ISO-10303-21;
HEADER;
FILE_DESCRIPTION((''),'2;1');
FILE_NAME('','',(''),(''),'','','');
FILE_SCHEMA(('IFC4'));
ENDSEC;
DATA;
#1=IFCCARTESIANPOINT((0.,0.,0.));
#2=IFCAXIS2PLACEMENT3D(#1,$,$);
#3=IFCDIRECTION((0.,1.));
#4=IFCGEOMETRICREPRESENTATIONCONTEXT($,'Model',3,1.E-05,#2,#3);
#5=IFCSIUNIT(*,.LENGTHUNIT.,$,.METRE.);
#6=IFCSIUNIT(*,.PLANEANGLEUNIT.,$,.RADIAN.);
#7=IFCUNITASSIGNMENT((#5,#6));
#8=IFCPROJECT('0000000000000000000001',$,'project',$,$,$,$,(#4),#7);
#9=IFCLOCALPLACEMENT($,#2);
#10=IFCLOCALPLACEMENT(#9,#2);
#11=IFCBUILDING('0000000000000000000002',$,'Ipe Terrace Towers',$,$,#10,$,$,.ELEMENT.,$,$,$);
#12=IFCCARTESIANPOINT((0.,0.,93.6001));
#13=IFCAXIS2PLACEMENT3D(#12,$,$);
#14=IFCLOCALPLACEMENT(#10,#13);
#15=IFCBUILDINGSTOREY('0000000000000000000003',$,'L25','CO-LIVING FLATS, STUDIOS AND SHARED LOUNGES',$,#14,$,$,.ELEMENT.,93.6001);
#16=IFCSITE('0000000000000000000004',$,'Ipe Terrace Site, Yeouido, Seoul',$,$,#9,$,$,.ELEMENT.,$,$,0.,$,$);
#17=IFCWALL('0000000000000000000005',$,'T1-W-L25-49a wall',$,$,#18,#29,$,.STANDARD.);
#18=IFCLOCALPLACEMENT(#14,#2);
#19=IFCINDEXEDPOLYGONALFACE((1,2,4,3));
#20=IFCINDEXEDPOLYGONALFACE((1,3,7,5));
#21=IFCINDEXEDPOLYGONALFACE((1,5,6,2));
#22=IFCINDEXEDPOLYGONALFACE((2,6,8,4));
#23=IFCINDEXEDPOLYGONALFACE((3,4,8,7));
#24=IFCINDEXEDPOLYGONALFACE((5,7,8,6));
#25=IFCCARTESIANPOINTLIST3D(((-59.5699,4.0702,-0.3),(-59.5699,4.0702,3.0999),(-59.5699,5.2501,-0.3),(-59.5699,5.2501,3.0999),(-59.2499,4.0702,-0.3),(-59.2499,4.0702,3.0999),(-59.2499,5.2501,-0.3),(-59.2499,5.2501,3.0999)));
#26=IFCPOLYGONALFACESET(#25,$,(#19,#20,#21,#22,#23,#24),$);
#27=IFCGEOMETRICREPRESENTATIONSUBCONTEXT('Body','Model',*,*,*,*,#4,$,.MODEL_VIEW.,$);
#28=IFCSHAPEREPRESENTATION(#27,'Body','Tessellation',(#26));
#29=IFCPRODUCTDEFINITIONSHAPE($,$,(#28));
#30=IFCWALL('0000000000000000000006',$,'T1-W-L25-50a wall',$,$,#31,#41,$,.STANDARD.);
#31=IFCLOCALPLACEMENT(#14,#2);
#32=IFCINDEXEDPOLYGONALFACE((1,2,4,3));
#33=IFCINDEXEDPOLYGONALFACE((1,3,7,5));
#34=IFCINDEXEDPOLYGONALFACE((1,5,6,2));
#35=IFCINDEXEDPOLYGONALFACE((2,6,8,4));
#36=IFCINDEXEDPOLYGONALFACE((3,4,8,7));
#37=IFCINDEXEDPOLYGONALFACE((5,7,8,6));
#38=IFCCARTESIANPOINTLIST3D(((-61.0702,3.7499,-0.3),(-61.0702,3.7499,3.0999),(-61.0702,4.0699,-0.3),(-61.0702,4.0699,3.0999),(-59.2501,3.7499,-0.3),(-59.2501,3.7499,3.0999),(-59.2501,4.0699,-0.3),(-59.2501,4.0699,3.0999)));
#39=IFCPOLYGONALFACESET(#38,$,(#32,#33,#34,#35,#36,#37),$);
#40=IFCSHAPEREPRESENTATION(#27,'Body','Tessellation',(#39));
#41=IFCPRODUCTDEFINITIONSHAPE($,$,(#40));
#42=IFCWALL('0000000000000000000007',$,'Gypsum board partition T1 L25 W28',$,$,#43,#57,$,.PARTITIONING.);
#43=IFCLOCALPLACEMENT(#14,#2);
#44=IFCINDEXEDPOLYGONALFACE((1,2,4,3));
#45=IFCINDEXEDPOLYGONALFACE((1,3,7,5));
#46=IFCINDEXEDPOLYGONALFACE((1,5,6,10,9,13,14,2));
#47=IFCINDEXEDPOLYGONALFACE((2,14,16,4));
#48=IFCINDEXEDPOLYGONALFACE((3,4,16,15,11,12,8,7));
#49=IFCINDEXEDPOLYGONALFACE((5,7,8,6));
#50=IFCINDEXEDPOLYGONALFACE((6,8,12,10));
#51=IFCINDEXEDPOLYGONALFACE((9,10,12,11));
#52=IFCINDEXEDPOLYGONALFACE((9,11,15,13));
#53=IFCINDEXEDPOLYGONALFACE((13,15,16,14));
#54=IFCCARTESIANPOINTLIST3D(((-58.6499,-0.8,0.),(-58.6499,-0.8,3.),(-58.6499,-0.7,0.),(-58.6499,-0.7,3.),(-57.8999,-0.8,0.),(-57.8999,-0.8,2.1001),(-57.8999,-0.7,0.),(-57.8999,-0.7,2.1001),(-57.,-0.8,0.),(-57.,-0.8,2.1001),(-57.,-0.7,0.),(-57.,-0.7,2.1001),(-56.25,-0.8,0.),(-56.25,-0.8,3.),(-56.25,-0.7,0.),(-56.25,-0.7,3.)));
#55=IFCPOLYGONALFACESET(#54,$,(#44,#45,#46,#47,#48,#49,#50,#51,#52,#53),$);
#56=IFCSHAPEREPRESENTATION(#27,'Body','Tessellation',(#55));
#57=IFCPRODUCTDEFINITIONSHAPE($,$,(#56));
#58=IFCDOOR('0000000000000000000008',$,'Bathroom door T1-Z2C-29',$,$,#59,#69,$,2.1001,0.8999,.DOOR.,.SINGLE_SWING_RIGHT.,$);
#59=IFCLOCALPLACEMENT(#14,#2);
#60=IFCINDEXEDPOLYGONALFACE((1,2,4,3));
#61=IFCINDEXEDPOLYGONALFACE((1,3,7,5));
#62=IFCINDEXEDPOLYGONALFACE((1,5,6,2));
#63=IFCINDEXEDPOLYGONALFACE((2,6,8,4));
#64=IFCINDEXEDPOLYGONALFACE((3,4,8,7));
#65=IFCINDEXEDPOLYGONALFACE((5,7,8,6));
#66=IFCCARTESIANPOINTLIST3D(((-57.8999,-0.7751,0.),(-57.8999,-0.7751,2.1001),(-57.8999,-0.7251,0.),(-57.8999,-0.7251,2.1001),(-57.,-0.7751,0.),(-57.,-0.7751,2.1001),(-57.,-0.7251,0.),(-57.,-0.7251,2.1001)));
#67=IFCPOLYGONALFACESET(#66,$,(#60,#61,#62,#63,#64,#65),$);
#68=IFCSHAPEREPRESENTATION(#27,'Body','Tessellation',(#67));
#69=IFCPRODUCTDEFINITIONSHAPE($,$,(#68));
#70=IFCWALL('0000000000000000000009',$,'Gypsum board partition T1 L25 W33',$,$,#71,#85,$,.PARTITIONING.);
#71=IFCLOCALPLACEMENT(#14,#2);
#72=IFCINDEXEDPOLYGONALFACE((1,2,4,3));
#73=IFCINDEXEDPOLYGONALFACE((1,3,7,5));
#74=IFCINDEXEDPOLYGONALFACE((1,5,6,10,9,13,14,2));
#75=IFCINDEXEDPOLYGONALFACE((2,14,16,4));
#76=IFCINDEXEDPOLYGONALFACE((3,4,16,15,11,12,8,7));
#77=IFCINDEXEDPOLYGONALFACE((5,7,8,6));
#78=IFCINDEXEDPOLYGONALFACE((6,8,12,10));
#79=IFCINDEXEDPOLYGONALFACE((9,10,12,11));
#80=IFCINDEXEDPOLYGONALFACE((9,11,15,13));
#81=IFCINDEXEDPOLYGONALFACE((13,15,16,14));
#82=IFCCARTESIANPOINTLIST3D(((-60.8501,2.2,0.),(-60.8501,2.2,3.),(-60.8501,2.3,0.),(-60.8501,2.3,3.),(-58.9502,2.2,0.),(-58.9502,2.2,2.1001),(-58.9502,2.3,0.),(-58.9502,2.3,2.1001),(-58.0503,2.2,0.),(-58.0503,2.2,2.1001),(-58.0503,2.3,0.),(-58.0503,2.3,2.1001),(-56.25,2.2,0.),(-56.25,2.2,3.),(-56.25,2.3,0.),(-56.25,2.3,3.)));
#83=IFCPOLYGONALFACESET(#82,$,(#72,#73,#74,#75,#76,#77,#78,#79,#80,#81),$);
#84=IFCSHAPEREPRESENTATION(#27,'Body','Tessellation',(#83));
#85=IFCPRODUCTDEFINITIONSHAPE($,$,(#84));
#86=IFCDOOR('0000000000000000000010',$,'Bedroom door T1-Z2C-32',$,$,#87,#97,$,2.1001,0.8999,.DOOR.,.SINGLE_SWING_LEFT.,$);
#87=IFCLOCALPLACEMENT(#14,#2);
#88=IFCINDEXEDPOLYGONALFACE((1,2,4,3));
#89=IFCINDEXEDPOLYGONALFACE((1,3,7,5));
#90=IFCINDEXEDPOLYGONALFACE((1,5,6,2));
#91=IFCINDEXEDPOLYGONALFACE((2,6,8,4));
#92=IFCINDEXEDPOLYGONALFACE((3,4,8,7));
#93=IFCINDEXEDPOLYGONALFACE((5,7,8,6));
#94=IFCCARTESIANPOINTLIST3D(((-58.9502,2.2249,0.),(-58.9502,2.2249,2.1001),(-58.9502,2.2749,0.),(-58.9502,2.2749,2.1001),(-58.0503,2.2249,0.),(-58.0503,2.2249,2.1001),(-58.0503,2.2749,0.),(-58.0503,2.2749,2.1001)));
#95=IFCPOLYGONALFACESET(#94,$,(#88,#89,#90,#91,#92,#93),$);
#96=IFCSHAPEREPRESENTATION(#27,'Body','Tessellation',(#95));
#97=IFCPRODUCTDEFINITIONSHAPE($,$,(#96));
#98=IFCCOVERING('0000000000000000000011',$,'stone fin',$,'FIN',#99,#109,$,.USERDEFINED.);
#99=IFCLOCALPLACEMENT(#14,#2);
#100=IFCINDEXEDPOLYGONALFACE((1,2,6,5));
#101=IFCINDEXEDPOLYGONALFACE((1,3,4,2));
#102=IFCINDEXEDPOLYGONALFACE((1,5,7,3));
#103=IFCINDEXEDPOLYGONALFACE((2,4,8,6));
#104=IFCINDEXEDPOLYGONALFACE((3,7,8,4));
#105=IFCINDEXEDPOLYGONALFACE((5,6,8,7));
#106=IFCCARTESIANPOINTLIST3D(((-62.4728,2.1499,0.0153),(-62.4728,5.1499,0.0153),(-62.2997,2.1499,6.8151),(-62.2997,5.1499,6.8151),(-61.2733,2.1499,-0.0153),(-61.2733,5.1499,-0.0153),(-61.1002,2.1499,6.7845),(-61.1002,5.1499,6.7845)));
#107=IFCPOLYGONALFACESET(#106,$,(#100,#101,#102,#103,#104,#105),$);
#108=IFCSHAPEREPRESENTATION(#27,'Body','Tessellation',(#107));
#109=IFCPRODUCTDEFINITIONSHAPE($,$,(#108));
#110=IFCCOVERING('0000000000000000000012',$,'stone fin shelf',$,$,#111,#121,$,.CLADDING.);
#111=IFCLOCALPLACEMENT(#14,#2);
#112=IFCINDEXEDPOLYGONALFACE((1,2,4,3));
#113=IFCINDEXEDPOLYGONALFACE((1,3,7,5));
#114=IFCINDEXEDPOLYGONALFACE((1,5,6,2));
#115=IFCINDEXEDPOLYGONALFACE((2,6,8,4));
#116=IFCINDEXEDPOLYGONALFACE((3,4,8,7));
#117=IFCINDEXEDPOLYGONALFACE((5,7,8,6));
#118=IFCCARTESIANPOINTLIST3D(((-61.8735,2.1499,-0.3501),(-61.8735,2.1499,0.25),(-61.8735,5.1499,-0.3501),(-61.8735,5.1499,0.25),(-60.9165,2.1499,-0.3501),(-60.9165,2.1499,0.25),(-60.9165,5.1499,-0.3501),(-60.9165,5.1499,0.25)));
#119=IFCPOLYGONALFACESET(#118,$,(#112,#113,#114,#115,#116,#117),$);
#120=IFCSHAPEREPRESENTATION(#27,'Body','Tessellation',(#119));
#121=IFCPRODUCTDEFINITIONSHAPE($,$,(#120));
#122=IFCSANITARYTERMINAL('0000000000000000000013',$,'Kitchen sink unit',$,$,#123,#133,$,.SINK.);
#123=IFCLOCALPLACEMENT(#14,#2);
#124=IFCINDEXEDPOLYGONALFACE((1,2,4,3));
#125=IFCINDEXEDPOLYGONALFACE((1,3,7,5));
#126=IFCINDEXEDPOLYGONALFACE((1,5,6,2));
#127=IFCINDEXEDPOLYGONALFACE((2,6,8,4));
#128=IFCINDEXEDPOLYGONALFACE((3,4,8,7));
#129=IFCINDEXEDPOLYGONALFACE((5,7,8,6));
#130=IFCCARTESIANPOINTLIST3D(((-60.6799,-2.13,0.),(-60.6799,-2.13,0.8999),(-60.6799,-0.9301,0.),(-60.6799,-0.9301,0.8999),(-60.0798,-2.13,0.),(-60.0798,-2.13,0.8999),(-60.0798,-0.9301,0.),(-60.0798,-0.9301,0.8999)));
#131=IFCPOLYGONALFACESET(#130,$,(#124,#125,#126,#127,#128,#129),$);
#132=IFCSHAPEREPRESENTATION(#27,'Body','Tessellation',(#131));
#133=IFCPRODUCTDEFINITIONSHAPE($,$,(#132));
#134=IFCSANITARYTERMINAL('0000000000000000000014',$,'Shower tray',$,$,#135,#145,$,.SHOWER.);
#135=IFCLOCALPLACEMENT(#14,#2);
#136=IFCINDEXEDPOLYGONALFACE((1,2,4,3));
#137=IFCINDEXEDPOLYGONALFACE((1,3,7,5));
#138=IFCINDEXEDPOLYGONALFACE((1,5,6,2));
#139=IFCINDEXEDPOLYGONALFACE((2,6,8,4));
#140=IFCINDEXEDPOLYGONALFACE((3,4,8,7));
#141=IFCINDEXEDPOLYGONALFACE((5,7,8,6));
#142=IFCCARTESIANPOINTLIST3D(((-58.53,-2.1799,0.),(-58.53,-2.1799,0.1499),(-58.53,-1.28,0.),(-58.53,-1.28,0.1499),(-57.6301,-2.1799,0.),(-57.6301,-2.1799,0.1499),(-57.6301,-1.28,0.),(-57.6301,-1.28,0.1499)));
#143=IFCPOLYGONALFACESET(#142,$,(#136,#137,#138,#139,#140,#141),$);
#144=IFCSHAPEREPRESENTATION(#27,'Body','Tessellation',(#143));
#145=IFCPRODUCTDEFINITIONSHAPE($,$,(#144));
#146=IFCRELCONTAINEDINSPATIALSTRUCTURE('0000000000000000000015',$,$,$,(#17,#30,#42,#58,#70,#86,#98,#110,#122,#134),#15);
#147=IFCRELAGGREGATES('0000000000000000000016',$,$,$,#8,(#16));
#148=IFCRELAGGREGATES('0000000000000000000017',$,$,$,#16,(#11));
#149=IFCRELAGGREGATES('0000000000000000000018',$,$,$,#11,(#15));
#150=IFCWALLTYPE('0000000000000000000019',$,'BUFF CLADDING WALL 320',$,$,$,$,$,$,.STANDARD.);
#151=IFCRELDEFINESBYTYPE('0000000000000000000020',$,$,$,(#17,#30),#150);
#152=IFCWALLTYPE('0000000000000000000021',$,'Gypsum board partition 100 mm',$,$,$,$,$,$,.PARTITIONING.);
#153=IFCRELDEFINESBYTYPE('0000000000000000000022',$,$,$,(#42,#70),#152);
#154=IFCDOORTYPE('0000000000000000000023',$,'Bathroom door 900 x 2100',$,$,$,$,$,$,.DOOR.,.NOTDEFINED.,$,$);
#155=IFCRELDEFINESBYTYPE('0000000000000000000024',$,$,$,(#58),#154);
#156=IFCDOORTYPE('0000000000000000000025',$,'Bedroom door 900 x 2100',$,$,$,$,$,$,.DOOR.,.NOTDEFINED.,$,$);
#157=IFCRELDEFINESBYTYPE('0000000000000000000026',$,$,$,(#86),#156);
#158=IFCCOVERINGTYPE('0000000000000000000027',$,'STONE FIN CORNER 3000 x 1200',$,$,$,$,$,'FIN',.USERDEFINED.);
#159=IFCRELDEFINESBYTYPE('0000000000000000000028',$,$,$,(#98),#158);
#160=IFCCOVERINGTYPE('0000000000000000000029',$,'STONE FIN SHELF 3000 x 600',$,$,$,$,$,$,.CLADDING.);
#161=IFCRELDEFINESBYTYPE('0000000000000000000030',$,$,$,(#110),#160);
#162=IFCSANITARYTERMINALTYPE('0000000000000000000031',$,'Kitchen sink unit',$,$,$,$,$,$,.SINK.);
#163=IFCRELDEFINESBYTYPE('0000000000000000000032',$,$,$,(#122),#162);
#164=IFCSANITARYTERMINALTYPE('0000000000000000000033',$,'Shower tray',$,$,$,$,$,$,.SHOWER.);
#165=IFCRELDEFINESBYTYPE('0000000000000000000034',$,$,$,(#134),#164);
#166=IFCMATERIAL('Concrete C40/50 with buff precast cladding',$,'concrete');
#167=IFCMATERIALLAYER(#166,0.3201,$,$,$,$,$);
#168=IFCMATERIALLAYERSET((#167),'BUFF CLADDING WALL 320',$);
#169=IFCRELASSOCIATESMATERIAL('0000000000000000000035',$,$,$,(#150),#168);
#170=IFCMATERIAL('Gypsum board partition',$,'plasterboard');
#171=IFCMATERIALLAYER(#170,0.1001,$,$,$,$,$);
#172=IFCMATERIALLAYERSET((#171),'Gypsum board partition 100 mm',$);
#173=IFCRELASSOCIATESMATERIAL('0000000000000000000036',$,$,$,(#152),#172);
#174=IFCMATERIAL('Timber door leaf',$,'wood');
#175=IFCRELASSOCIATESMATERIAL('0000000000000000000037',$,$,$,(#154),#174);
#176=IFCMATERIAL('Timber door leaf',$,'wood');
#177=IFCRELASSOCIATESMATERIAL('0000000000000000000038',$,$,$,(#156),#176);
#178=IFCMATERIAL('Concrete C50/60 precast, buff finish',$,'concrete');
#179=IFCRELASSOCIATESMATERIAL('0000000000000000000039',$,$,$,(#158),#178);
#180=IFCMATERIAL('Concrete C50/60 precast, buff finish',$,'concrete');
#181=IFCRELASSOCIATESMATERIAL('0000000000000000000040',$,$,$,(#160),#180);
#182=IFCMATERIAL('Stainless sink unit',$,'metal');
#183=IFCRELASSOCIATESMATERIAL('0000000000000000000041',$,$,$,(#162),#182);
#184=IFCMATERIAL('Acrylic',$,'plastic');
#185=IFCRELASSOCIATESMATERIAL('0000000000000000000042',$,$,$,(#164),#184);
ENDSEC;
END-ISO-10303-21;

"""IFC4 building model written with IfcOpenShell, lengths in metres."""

from ifc_helpers import new_model, si_unit, direction, frame, frame_2d, origin, origin_2d, place, context, subcontext, project, spatial, rectangle, extrude, material, layer, layer_set, material_profile, profile_set, type_object, element, fill, save


model = new_model("IFC4")

# Units and contexts
model_context = context("Model", 3, precision=1e-05, world=origin(), true_north=direction((0.0, 1.0)))
body_context = subcontext(model_context, "Body", "Model", "MODEL_VIEW")
ifc_project = project(units=[si_unit("LENGTHUNIT", "METRE"), si_unit("PLANEANGLEUNIT", "RADIAN")], contexts=[model_context])

# Site, building, storey
site_placement = place(None, origin())
site = spatial("IfcSite", under=ifc_project, at=site_placement, Name="Ipe Terrace Site, Yeouido, Seoul", CompositionType="ELEMENT", RefElevation=0.0)
building_placement = place(site_placement, origin())
building = spatial("IfcBuilding", under=site, at=building_placement, Name="Ipe Terrace Towers", CompositionType="ELEMENT")
storey_placement = place(building_placement, frame((0.0, 0.0, 93.6001)))
storey = spatial("IfcBuildingStorey", under=building, at=storey_placement, Name="L25", Description="CO-LIVING FLATS, STUDIOS AND SHARED LOUNGES", CompositionType="ELEMENT", Elevation=93.6001)

# Shared definitions
ifc_material_1 = material(Name="Concrete C40/50 with buff precast cladding", Category="concrete")
ifc_layer_1 = layer(ifc_material_1, 0.3201)
ifc_layer_set_1 = layer_set([ifc_layer_1], Name="BUFF CLADDING WALL 320")
wall_type_1 = type_object("IfcWallType", Name="BUFF CLADDING WALL 320", PredefinedType="STANDARD", material=ifc_layer_set_1)

# Walls
wall_1_placement = place(storey_placement, frame((-59.4099, 5.25, -0.3), z_axis=(0.0, 0.0, 1.0), x_axis=(0.0, -1.0, 0.0)))
element("IfcWall", 1, at=wall_1_placement, inside=storey, type_object=wall_type_1, Name="T1-W-L25-49a wall", PredefinedType="STANDARD", context=body_context, shape_type="SweptSolid", body=[
    extrude(rectangle(XDim=1.1799, YDim=0.3201, at=frame_2d((0.5898, 0.0))), origin(), (0.0, 0.0, 1.0), 3.3999),
])
wall_2_placement = place(storey_placement, frame((-59.25, 3.9099, -0.3), z_axis=(0.0, 0.0, 1.0), x_axis=(-1.0, 0.0, 0.0)))
element("IfcWall", 2, at=wall_2_placement, inside=storey, type_object=wall_type_1, Name="T1-W-L25-50a wall", PredefinedType="STANDARD", context=body_context, shape_type="SweptSolid", body=[
    extrude(rectangle(XDim=1.8201, YDim=0.3201, at=frame_2d((0.9102, 0.0))), origin(), (0.0, 0.0, 1.0), 3.3999),
])

# Walls, openings, doors
ifc_material_2 = material(Name="Gypsum board partition", Category="plasterboard")
ifc_layer_2 = layer(ifc_material_2, 0.1001)
ifc_layer_set_2 = layer_set([ifc_layer_2], Name="Gypsum board partition 100 mm")
wall_type_2 = type_object("IfcWallType", Name="Gypsum board partition 100 mm", PredefinedType="PARTITIONING", material=ifc_layer_set_2)
wall_3_placement = place(storey_placement, frame((-58.6499, -0.75, 0.0), z_axis=(0.0, 0.0, 1.0), x_axis=(1.0, 0.0, 0.0)))
wall_3 = element("IfcWall", 3, at=wall_3_placement, inside=storey, type_object=wall_type_2, Name="Gypsum board partition T1 L25 W28", PredefinedType="PARTITIONING", context=body_context, shape_type="SweptSolid", body=[
    extrude(rectangle(XDim=2.3999, YDim=0.1001, at=frame_2d((1.2, 0.0))), origin(), (0.0, 0.0, 1.0), 3.0),
])
opening_1_placement = place(wall_3_placement, frame((0.75, 0.0, 0.0)))
opening_1 = element("IfcOpeningElement", 4, at=opening_1_placement, cuts=wall_3, PredefinedType="OPENING", context=body_context, shape_type="SweptSolid", body=[
    extrude(rectangle(XDim=0.8999, YDim=2.1001, at=frame_2d((0.45, 1.05))), frame((0.0, 0.0601, 0.0), z_axis=(0.0, -1.0, 0.0), x_axis=(1.0, 0.0, 0.0)), (0.0, 0.0, 1.0), 0.1201),
])
ifc_material_3 = material(Name="Timber door leaf", Category="wood")
door_type_1 = type_object("IfcDoorType", Name="Bathroom door 900 x 2100", OperationType="NOTDEFINED", PredefinedType="DOOR", material=ifc_material_3)
door_1_placement = place(opening_1_placement, origin())
door_1 = element("IfcDoor", 5, at=door_1_placement, inside=storey, type_object=door_type_1, Name="Bathroom door T1-Z2C-29", OperationType="SINGLE_SWING_RIGHT", OverallHeight=2.1001, OverallWidth=0.8999, PredefinedType="DOOR", context=body_context, shape_type="SweptSolid", body=[
    extrude(rectangle(XDim=0.8999, YDim=2.1001, at=frame_2d((0.45, 1.05))), frame((0.0, 0.0249, 0.0), z_axis=(0.0, -1.0, 0.0), x_axis=(1.0, 0.0, 0.0)), (0.0, 0.0, 1.0), 0.05),
])
fill(opening_1, door_1)
wall_4_placement = place(storey_placement, frame((-60.8501, 2.25, 0.0), z_axis=(0.0, 0.0, 1.0), x_axis=(1.0, 0.0, 0.0)))
wall_4 = element("IfcWall", 6, at=wall_4_placement, inside=storey, type_object=wall_type_2, Name="Gypsum board partition T1 L25 W33", PredefinedType="PARTITIONING", context=body_context, shape_type="SweptSolid", body=[
    extrude(rectangle(XDim=4.6001, YDim=0.1001, at=frame_2d((2.3, 0.0))), origin(), (0.0, 0.0, 1.0), 3.0),
])
opening_2_placement = place(wall_4_placement, frame((1.8999, 0.0, 0.0)))
opening_2 = element("IfcOpeningElement", 7, at=opening_2_placement, cuts=wall_4, PredefinedType="OPENING", context=body_context, shape_type="SweptSolid", body=[
    extrude(rectangle(XDim=0.8999, YDim=2.1001, at=frame_2d((0.45, 1.05))), frame((0.0, 0.0601, 0.0), z_axis=(0.0, -1.0, 0.0), x_axis=(1.0, 0.0, 0.0)), (0.0, 0.0, 1.0), 0.1201),
])
ifc_material_4 = material(Name="Timber door leaf", Category="wood")
door_type_2 = type_object("IfcDoorType", Name="Bedroom door 900 x 2100", OperationType="NOTDEFINED", PredefinedType="DOOR", material=ifc_material_4)
door_2_placement = place(opening_2_placement, origin())
door_2 = element("IfcDoor", 8, at=door_2_placement, inside=storey, type_object=door_type_2, Name="Bedroom door T1-Z2C-32", OperationType="SINGLE_SWING_LEFT", OverallHeight=2.1001, OverallWidth=0.8999, PredefinedType="DOOR", context=body_context, shape_type="SweptSolid", body=[
    extrude(rectangle(XDim=0.8999, YDim=2.1001, at=frame_2d((0.45, 1.05))), frame((0.0, 0.0249, 0.0), z_axis=(0.0, -1.0, 0.0), x_axis=(1.0, 0.0, 0.0)), (0.0, 0.0, 1.0), 0.05),
])
fill(opening_2, door_2)

# Coverings
ifc_material_5 = material(Name="Concrete C50/60 precast, buff finish", Category="concrete")
ifc_material_profile_1 = material_profile(ifc_material_5, rectangle(XDim=3.0, YDim=1.2, at=origin_2d()), Name="STONE FIN CORNER 3000 x 1200")
ifc_profile_set_1 = profile_set([ifc_material_profile_1], Name="Concrete C50/60 precast, buff finish")
covering_type_1 = type_object("IfcCoveringType", Name="STONE FIN CORNER 3000 x 1200", ElementType="FIN", PredefinedType="USERDEFINED", material=ifc_profile_set_1)
covering_1_placement = place(storey_placement, frame((-61.873, 3.6499, 0.0), z_axis=(0.025448, 0.0, 0.999676), x_axis=(0.0, -1.0, 0.0)))
element("IfcCovering", 9, at=covering_1_placement, inside=storey, type_object=covering_type_1, Name="stone fin", ObjectType="FIN", PredefinedType="USERDEFINED", context=body_context, shape_type="SweptSolid", body=[
    extrude(rectangle(XDim=3.0, YDim=1.2, at=origin_2d()), origin(), (0.0, 0.0, 1.0), 6.802),
])
ifc_material_6 = material(Name="Concrete C50/60 precast, buff finish", Category="concrete")
covering_type_2 = type_object("IfcCoveringType", Name="STONE FIN SHELF 3000 x 600", PredefinedType="CLADDING", material=ifc_material_6)
covering_2_placement = place(storey_placement, frame((-61.395, 3.6499, -0.3501), z_axis=(0.0, 0.0, 1.0), x_axis=(0.0, -1.0, 0.0)))
element("IfcCovering", 10, at=covering_2_placement, inside=storey, type_object=covering_type_2, Name="stone fin shelf", PredefinedType="CLADDING", context=body_context, shape_type="SweptSolid", body=[
    extrude(rectangle(XDim=3.0, YDim=0.957, at=origin_2d()), origin(), (0.0, 0.0, 1.0), 0.6001),
])

# Sanitary terminals
ifc_material_7 = material(Name="Stainless sink unit", Category="metal")
sanitary_terminal_type_1 = type_object("IfcSanitaryTerminalType", Name="Kitchen sink unit", PredefinedType="SINK", material=ifc_material_7)
sanitary_terminal_1_placement = place(storey_placement, frame((-60.3799, -1.53, 0.0), z_axis=(0.0, 0.0, 1.0), x_axis=(0.0, 1.0, 0.0)))
element("IfcSanitaryTerminal", 11, at=sanitary_terminal_1_placement, inside=storey, type_object=sanitary_terminal_type_1, Name="Kitchen sink unit", PredefinedType="SINK", context=body_context, shape_type="SweptSolid", body=[
    extrude(rectangle(XDim=1.2, YDim=0.6001, at=origin_2d()), origin(), (0.0, 0.0, 1.0), 0.8999),
])
ifc_material_8 = material(Name="Acrylic", Category="plastic")
sanitary_terminal_type_2 = type_object("IfcSanitaryTerminalType", Name="Shower tray", PredefinedType="SHOWER", material=ifc_material_8)
sanitary_terminal_2_placement = place(storey_placement, frame((-58.0801, -1.73, 0.0), z_axis=(0.0, 0.0, 1.0), x_axis=(0.0, 1.0, 0.0)))
element("IfcSanitaryTerminal", 12, at=sanitary_terminal_2_placement, inside=storey, type_object=sanitary_terminal_type_2, Name="Shower tray", PredefinedType="SHOWER", context=body_context, shape_type="SweptSolid", body=[
    extrude(rectangle(XDim=0.8999, YDim=0.8999, at=origin_2d()), origin(), (0.0, 0.0, 1.0), 0.1499),
])

save(model, "model.ifc")
